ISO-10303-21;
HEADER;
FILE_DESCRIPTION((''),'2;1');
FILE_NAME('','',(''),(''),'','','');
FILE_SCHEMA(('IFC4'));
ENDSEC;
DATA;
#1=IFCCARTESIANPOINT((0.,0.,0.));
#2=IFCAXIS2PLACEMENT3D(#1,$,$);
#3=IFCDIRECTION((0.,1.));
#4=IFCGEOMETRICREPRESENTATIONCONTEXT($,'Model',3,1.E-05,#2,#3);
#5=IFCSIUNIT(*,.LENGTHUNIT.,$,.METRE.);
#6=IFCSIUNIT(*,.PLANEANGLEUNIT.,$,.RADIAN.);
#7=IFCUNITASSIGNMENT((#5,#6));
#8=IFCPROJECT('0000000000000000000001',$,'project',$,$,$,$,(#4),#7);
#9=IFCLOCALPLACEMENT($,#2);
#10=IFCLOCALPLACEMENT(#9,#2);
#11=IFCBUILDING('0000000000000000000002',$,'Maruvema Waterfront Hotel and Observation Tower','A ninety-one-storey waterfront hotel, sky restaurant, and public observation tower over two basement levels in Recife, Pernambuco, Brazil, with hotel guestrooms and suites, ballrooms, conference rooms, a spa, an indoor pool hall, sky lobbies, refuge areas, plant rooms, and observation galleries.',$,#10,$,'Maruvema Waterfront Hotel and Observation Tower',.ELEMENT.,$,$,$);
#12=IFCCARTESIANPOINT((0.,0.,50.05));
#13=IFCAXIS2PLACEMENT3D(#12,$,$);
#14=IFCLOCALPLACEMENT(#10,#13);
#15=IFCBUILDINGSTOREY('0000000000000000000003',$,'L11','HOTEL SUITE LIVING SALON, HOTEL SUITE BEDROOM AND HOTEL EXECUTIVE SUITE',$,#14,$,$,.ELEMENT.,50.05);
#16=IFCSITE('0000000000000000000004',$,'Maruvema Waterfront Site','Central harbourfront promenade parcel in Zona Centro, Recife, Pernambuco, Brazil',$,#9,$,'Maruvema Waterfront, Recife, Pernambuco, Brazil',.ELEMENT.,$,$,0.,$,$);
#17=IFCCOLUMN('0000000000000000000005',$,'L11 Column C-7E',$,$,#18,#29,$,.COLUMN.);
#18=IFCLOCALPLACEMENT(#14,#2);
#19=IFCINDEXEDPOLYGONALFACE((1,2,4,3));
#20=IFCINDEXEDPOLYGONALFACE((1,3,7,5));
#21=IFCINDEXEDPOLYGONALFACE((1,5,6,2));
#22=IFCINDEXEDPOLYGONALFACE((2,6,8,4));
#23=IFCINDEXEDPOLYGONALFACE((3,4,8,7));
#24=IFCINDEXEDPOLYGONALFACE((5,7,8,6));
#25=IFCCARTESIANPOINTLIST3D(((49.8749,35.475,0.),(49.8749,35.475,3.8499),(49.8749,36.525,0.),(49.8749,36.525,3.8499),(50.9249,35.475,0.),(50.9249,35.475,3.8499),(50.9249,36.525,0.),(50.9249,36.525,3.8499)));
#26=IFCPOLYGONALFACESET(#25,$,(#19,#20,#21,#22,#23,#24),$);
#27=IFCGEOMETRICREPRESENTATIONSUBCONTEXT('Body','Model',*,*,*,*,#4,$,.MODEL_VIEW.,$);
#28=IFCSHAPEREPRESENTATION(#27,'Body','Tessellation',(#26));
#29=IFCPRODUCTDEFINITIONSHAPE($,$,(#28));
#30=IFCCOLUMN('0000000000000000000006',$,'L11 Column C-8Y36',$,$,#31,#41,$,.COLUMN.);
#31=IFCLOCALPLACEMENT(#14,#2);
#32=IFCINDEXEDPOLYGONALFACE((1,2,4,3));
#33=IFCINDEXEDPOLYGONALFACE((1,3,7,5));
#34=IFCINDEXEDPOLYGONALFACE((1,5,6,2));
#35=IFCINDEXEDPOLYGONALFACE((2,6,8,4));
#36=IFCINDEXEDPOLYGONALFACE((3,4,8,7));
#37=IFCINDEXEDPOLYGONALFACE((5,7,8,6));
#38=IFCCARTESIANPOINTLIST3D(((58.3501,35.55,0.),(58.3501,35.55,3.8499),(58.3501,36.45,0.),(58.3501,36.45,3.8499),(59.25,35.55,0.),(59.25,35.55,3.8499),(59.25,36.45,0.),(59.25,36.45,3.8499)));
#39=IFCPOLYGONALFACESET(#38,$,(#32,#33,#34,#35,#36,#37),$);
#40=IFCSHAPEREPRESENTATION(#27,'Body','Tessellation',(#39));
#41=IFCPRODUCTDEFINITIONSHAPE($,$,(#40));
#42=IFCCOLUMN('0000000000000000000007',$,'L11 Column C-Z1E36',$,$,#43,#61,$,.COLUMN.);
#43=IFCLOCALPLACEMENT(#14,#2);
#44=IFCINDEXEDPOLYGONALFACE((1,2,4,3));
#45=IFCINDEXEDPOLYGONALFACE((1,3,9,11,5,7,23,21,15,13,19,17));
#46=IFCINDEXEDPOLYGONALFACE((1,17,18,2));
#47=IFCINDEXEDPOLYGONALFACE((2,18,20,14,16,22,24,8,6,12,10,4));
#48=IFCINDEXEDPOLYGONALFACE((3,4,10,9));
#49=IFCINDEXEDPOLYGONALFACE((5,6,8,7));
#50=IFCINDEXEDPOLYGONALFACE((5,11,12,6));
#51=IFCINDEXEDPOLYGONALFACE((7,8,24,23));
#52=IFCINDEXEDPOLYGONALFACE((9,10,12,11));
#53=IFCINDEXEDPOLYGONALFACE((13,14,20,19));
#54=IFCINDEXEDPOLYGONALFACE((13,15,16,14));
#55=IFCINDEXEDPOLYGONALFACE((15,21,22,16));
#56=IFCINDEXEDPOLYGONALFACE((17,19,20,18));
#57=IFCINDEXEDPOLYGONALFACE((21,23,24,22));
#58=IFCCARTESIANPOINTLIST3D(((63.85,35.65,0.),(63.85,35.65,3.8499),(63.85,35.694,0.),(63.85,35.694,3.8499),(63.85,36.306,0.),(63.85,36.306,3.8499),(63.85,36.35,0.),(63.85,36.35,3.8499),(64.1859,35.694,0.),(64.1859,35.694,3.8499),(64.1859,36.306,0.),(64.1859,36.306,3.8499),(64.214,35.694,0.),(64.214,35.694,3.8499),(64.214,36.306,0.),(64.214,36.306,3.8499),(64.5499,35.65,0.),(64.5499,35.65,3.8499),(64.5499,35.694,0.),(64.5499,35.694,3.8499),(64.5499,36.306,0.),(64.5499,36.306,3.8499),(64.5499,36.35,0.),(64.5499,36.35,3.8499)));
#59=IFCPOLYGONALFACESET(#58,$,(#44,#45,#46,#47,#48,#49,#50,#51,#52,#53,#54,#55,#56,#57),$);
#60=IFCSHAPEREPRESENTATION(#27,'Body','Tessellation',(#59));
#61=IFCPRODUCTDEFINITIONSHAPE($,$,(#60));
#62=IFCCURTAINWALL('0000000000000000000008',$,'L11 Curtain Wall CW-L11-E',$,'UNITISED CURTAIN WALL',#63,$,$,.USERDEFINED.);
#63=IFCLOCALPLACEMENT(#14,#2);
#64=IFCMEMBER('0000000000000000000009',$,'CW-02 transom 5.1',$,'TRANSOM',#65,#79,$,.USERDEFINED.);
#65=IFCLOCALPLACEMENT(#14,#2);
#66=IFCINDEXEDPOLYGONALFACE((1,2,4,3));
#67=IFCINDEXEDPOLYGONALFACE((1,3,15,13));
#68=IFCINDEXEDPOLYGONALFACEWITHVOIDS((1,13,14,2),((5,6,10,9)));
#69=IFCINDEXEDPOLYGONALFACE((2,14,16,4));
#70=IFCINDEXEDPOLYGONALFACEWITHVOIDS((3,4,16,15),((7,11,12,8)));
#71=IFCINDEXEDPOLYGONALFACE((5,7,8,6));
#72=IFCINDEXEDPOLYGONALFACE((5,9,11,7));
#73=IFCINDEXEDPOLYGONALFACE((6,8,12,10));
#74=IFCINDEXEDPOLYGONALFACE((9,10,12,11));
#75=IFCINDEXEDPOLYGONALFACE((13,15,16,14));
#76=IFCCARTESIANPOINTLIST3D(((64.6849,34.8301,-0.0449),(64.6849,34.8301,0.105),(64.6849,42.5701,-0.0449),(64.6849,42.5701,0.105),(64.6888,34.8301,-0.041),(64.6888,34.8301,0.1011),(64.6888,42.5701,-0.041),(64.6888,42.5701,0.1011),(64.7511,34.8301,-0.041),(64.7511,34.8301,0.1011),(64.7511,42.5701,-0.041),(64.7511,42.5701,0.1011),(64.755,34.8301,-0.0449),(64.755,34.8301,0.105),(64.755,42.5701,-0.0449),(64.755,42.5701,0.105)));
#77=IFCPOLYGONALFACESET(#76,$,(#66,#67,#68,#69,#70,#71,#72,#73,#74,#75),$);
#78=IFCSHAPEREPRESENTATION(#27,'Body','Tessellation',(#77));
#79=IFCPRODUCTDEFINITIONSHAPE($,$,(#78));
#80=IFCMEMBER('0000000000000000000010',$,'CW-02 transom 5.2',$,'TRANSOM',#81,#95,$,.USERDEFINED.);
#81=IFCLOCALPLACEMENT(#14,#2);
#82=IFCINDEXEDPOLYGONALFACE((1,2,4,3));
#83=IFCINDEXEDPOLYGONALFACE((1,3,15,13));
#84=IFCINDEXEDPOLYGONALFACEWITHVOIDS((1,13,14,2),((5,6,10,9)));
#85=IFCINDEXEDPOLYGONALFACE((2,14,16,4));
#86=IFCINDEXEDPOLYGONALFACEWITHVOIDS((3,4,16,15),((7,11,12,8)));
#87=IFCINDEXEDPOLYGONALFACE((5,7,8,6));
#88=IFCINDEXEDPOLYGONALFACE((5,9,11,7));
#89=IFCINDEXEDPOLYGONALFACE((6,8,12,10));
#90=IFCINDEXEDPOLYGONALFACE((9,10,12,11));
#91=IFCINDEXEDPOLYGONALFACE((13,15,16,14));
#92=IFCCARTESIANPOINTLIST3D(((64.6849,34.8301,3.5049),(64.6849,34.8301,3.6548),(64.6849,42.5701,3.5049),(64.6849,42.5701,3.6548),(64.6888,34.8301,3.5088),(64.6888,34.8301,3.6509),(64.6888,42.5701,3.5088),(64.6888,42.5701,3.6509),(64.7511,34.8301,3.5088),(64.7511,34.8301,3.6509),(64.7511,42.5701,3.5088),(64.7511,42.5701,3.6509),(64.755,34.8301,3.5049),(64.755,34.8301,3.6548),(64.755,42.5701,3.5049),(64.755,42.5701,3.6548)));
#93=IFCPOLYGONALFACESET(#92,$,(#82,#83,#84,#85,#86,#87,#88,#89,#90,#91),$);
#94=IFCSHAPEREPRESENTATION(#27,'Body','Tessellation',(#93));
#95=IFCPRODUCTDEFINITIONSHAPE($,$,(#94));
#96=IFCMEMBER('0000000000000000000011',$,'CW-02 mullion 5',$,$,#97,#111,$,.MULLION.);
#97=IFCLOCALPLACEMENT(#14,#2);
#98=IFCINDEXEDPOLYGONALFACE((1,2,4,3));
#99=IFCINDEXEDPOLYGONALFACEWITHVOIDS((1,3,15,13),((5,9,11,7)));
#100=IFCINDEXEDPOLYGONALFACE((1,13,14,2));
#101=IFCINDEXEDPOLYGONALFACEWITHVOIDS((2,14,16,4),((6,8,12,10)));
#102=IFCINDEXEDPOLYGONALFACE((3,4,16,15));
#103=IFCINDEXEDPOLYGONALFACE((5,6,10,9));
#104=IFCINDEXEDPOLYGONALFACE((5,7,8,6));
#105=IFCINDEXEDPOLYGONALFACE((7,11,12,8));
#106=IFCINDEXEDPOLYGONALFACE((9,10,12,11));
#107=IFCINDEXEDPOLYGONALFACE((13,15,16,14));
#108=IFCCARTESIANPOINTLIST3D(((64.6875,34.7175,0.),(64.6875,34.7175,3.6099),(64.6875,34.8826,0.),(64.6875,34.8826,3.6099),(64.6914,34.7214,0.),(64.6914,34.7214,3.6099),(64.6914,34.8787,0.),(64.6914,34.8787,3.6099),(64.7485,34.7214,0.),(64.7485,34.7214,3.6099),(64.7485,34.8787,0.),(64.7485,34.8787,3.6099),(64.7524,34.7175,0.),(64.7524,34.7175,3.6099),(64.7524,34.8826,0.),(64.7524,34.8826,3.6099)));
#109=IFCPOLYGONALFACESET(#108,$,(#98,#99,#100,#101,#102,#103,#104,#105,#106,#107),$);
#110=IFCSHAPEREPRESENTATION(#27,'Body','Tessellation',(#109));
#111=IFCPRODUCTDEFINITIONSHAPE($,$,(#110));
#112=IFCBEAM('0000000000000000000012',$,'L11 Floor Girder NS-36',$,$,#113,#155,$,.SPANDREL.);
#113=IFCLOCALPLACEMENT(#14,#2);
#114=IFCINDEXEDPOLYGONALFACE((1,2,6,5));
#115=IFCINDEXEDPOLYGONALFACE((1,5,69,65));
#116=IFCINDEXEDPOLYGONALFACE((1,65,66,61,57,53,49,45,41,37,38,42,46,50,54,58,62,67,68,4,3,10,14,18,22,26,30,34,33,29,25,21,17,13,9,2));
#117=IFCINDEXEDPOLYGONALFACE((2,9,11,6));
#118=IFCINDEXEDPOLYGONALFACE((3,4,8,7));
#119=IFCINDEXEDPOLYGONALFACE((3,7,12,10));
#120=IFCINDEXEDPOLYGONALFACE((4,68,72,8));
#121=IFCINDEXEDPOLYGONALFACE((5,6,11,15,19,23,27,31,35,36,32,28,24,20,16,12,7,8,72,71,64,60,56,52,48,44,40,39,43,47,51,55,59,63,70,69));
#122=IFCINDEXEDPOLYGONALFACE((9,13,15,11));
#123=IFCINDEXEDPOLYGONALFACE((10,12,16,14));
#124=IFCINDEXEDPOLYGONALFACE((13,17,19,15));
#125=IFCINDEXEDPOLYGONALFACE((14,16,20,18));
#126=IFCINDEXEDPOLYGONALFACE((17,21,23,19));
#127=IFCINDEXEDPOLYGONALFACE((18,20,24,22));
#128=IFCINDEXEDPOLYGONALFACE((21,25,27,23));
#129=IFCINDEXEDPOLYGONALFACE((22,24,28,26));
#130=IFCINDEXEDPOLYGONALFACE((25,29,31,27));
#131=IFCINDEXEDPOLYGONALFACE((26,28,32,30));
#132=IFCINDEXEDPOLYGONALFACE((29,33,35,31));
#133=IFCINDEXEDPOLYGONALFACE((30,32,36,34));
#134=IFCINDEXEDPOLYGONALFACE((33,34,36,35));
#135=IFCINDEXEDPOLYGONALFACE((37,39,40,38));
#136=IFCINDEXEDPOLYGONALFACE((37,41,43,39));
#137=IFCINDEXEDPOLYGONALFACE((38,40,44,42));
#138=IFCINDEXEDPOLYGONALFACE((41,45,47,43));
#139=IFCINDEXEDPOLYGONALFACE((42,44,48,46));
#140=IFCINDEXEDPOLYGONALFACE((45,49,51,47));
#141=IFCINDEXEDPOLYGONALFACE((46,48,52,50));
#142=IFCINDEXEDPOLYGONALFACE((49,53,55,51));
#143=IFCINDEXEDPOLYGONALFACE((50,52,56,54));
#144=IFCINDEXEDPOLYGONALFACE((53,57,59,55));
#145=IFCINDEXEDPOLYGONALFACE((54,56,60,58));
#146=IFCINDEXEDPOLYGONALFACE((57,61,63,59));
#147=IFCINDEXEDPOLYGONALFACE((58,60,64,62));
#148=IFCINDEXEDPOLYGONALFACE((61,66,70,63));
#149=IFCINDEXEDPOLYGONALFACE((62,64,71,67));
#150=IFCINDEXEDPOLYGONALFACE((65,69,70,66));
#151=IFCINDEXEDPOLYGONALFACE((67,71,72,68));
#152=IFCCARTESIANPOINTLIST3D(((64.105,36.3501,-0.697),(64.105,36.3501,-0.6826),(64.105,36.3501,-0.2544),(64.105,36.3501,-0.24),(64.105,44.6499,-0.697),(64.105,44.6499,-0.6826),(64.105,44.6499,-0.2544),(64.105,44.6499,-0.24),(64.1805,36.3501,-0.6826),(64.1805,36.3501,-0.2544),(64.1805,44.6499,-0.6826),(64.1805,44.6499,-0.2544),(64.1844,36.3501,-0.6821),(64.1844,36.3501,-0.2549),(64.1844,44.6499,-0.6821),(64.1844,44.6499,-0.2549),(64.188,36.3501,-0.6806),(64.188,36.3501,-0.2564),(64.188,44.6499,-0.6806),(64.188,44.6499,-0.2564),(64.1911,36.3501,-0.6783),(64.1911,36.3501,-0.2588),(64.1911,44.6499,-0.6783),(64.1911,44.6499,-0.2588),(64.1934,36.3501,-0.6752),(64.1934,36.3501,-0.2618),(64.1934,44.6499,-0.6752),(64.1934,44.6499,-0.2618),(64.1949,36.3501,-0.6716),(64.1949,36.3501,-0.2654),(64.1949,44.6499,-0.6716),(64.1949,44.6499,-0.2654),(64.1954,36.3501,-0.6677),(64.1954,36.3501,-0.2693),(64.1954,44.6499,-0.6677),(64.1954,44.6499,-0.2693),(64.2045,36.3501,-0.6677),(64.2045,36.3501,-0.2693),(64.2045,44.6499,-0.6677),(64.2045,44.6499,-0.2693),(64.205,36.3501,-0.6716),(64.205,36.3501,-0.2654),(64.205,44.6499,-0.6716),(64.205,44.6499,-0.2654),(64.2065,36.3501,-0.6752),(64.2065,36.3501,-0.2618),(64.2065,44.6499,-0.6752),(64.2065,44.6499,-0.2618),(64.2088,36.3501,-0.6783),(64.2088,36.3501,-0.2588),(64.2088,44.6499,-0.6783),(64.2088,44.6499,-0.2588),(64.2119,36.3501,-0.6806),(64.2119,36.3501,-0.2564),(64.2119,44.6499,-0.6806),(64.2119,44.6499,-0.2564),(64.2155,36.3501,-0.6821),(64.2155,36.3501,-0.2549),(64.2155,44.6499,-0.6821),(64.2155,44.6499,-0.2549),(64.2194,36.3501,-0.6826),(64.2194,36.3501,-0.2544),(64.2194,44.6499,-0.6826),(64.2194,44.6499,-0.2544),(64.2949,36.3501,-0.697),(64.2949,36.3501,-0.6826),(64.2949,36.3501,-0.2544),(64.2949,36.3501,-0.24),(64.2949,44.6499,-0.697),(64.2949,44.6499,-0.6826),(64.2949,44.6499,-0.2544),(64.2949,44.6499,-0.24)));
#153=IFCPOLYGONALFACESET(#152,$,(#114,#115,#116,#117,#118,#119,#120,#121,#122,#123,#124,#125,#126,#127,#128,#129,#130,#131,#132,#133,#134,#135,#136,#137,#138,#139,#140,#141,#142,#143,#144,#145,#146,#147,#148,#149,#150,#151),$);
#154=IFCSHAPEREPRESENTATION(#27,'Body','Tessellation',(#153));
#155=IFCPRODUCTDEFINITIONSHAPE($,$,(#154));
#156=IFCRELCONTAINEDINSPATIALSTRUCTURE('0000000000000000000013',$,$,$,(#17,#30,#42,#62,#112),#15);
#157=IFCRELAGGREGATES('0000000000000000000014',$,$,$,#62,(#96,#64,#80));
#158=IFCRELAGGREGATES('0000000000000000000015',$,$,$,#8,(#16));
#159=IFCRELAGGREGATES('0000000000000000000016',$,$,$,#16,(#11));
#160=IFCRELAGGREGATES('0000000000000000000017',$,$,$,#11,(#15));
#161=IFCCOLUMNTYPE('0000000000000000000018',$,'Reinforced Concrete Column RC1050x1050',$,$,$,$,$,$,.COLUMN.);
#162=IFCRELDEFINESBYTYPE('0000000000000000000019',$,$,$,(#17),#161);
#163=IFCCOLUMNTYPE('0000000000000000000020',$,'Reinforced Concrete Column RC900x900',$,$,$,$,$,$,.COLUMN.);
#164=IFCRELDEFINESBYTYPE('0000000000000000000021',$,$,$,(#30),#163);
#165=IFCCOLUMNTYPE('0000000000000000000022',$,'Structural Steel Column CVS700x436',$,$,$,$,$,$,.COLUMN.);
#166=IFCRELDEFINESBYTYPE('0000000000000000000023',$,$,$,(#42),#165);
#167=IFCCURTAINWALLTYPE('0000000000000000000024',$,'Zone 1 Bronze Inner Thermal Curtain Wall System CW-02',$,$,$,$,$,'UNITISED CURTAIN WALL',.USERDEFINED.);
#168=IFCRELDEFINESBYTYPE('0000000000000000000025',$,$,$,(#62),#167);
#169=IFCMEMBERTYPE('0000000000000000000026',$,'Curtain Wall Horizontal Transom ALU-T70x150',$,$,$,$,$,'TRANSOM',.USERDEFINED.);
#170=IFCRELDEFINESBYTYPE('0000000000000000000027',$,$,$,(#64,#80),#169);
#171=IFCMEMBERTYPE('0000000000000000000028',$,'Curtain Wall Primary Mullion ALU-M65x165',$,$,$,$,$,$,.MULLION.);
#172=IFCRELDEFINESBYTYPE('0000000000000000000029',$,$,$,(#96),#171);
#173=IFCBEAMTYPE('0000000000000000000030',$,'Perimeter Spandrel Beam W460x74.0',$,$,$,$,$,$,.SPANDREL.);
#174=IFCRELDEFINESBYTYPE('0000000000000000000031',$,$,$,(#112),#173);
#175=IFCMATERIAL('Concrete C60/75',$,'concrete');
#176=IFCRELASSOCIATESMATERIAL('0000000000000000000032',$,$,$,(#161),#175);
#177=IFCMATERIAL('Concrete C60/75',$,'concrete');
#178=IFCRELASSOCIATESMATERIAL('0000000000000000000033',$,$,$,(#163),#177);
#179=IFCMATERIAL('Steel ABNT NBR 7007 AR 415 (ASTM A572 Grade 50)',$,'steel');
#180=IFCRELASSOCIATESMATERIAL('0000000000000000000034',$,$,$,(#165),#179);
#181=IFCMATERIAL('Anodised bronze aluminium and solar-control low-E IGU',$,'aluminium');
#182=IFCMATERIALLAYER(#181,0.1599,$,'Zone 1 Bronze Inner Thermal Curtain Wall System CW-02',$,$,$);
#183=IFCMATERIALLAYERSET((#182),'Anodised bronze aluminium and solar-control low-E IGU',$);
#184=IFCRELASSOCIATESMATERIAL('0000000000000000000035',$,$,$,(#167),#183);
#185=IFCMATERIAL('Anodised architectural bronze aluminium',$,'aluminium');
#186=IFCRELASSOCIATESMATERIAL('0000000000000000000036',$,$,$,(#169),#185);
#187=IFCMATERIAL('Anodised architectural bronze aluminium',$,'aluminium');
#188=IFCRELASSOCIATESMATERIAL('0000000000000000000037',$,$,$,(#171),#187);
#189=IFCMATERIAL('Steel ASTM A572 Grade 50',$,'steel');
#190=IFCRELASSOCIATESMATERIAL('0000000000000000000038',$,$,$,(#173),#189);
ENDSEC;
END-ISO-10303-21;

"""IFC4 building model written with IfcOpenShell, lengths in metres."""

from ifc_helpers import new_model, si_unit, direction, frame, origin, origin_2d, place, context, subcontext, project, spatial, rectangle, hollow_rectangle, i_section, extrude, material, layer, layer_set, material_profile, profile_set, type_object, element, aggregate, save


model = new_model("IFC4")

# Units and contexts
model_context = context("Model", 3, precision=1e-05, world=origin(), true_north=direction((0.0, 1.0)))
body_context = subcontext(model_context, "Body", "Model", "MODEL_VIEW")
ifc_project = project(units=[si_unit("LENGTHUNIT", "METRE"), si_unit("PLANEANGLEUNIT", "RADIAN")], contexts=[model_context])

# Site, building, storey
site_placement = place(None, origin())
site = spatial("IfcSite", under=ifc_project, at=site_placement, Name="Maruvema Waterfront Site", Description="Central harbourfront promenade parcel in Zona Centro, Recife, Pernambuco, Brazil", LongName="Maruvema Waterfront, Recife, Pernambuco, Brazil", CompositionType="ELEMENT", RefElevation=0.0)
building_placement = place(site_placement, origin())
building = spatial("IfcBuilding", under=site, at=building_placement, Name="Maruvema Waterfront Hotel and Observation Tower", Description="A ninety-one-storey waterfront hotel, sky restaurant, and public observation tower over two basement levels in Recife, Pernambuco, Brazil, with hotel guestrooms and suites, ballrooms, conference rooms, a spa, an indoor pool hall, sky lobbies, refuge areas, plant rooms, and observation galleries.", LongName="Maruvema Waterfront Hotel and Observation Tower", CompositionType="ELEMENT")
storey_placement = place(building_placement, frame((0.0, 0.0, 50.05)))
storey = spatial("IfcBuildingStorey", under=building, at=storey_placement, Name="L11", Description="HOTEL SUITE LIVING SALON, HOTEL SUITE BEDROOM AND HOTEL EXECUTIVE SUITE", CompositionType="ELEMENT", Elevation=50.05)

# Columns
ifc_material_1 = material(Name="Concrete C60/75", Category="concrete")
ifc_material_profile_1 = material_profile(ifc_material_1, rectangle(XDim=1.05, YDim=1.05, at=origin_2d()), Name="RC1050x1050")
ifc_profile_set_1 = profile_set([ifc_material_profile_1], Name="Concrete C60/75")
column_type_1 = type_object("IfcColumnType", Name="Reinforced Concrete Column RC1050x1050", PredefinedType="COLUMN", material=ifc_profile_set_1)
column_1_placement = place(storey_placement, frame((50.3999, 36.0, 0.0), z_axis=(0.0, 0.0, 1.0), x_axis=(1.0, 0.0, 0.0)))
element("IfcColumn", 1, at=column_1_placement, inside=storey, type_object=column_type_1, Name="L11 Column C-7E", PredefinedType="COLUMN", context=body_context, shape_type="SweptSolid", body=[
    extrude(rectangle(XDim=1.05, YDim=1.05, at=origin_2d()), origin(), (0.0, 0.0, 1.0), 3.8499),
])
ifc_material_2 = material(Name="Concrete C60/75", Category="concrete")
ifc_material_profile_2 = material_profile(ifc_material_2, rectangle(XDim=0.8999, YDim=0.8999, at=origin_2d()), Name="RC900x900")
ifc_profile_set_2 = profile_set([ifc_material_profile_2], Name="Concrete C60/75")
column_type_2 = type_object("IfcColumnType", Name="Reinforced Concrete Column RC900x900", PredefinedType="COLUMN", material=ifc_profile_set_2)
column_2_placement = place(storey_placement, frame((58.8, 36.0, 0.0), z_axis=(0.0, 0.0, 1.0), x_axis=(1.0, 0.0, 0.0)))
element("IfcColumn", 2, at=column_2_placement, inside=storey, type_object=column_type_2, Name="L11 Column C-8Y36", PredefinedType="COLUMN", context=body_context, shape_type="SweptSolid", body=[
    extrude(rectangle(XDim=0.8999, YDim=0.8999, at=origin_2d()), origin(), (0.0, 0.0, 1.0), 3.8499),
])
ifc_material_3 = material(Name="Steel ABNT NBR 7007 AR 415 (ASTM A572 Grade 50)", Category="steel")
ifc_material_profile_3 = material_profile(ifc_material_3, i_section(OverallWidth=0.7, OverallDepth=0.7, WebThickness=0.0281, FlangeThickness=0.0439, at=origin_2d()), Name="CVS700x436")
ifc_profile_set_3 = profile_set([ifc_material_profile_3], Name="Steel ABNT NBR 7007 AR 415 (ASTM A572 Grade 50)")
column_type_3 = type_object("IfcColumnType", Name="Structural Steel Column CVS700x436", PredefinedType="COLUMN", material=ifc_profile_set_3)
column_3_placement = place(storey_placement, frame((64.2, 36.0, 0.0), z_axis=(0.0, 0.0, 1.0), x_axis=(1.0, 0.0, 0.0)))
element("IfcColumn", 3, at=column_3_placement, inside=storey, type_object=column_type_3, Name="L11 Column C-Z1E36", PredefinedType="COLUMN", context=body_context, shape_type="SweptSolid", body=[
    extrude(i_section(OverallWidth=0.7, OverallDepth=0.7, WebThickness=0.0281, FlangeThickness=0.0439, at=origin_2d()), origin(), (0.0, 0.0, 1.0), 3.8499),
])

# Curtain wall, members
ifc_material_4 = material(Name="Anodised bronze aluminium and solar-control low-E IGU", Category="aluminium")
ifc_layer_1 = layer(ifc_material_4, 0.1599, Name="Zone 1 Bronze Inner Thermal Curtain Wall System CW-02")
ifc_layer_set_1 = layer_set([ifc_layer_1], Name="Anodised bronze aluminium and solar-control low-E IGU")
curtain_wall_type = type_object("IfcCurtainWallType", Name="Zone 1 Bronze Inner Thermal Curtain Wall System CW-02", ElementType="UNITISED CURTAIN WALL", PredefinedType="USERDEFINED", material=ifc_layer_set_1)
curtain_wall_placement = place(storey_placement, origin())
curtain_wall = element("IfcCurtainWall", 4, at=curtain_wall_placement, inside=storey, type_object=curtain_wall_type, Name="L11 Curtain Wall CW-L11-E", ObjectType="UNITISED CURTAIN WALL", PredefinedType="USERDEFINED")
ifc_material_5 = material(Name="Anodised architectural bronze aluminium", Category="aluminium")
ifc_material_profile_4 = material_profile(ifc_material_5, hollow_rectangle(XDim=0.0701, YDim=0.1499, WallThickness=0.0039, at=origin_2d()), Name="ALU-T70x150")
ifc_profile_set_4 = profile_set([ifc_material_profile_4], Name="Anodised architectural bronze aluminium")
member_type_1 = type_object("IfcMemberType", Name="Curtain Wall Horizontal Transom ALU-T70x150", ElementType="TRANSOM", PredefinedType="USERDEFINED", material=ifc_profile_set_4)
member_1_placement = place(storey_placement, frame((64.72, 34.8301, 0.03), z_axis=(0.0, 1.0, 0.0), x_axis=(-1.0, 0.0, 0.0)))
member_1 = element("IfcMember", 5, at=member_1_placement, type_object=member_type_1, Name="CW-02 transom 5.1", ObjectType="TRANSOM", PredefinedType="USERDEFINED", context=body_context, shape_type="SweptSolid", body=[
    extrude(hollow_rectangle(XDim=0.0701, YDim=0.1499, WallThickness=0.0039, at=origin_2d()), origin(), (0.0, 0.0, 1.0), 7.74),
])
member_2_placement = place(storey_placement, frame((64.72, 34.8301, 3.5798), z_axis=(0.0, 1.0, 0.0), x_axis=(-1.0, 0.0, 0.0)))
member_2 = element("IfcMember", 6, at=member_2_placement, type_object=member_type_1, Name="CW-02 transom 5.2", ObjectType="TRANSOM", PredefinedType="USERDEFINED", context=body_context, shape_type="SweptSolid", body=[
    extrude(hollow_rectangle(XDim=0.0701, YDim=0.1499, WallThickness=0.0039, at=origin_2d()), origin(), (0.0, 0.0, 1.0), 7.74),
])
ifc_material_6 = material(Name="Anodised architectural bronze aluminium", Category="aluminium")
ifc_material_profile_5 = material_profile(ifc_material_6, hollow_rectangle(XDim=0.0649, YDim=0.165, WallThickness=0.0039, at=origin_2d()), Name="ALU-M65x165")
ifc_profile_set_5 = profile_set([ifc_material_profile_5], Name="Anodised architectural bronze aluminium")
member_type_2 = type_object("IfcMemberType", Name="Curtain Wall Primary Mullion ALU-M65x165", PredefinedType="MULLION", material=ifc_profile_set_5)
member_3_placement = place(storey_placement, frame((64.72, 34.8, 0.0), z_axis=(0.0, 0.0, 1.0), x_axis=(-1.0, 0.0, 0.0)))
member_3 = element("IfcMember", 7, at=member_3_placement, type_object=member_type_2, Name="CW-02 mullion 5", PredefinedType="MULLION", context=body_context, shape_type="SweptSolid", body=[
    extrude(hollow_rectangle(XDim=0.0649, YDim=0.165, WallThickness=0.0039, at=origin_2d()), origin(), (0.0, 0.0, 1.0), 3.6099),
])

# Beam
ifc_material_7 = material(Name="Steel ASTM A572 Grade 50", Category="steel")
ifc_material_profile_6 = material_profile(ifc_material_7, i_section(OverallWidth=0.1899, OverallDepth=0.457, WebThickness=0.009, FlangeThickness=0.0144, FilletRadius=0.0149, at=origin_2d()), Name="W460x74.0")
ifc_profile_set_6 = profile_set([ifc_material_profile_6], Name="Steel ASTM A572 Grade 50")
beam_type_1 = type_object("IfcBeamType", Name="Perimeter Spandrel Beam W460x74.0", PredefinedType="SPANDREL", material=ifc_profile_set_6)
beam_1_placement = place(storey_placement, frame((64.2, 36.3501, -0.4685), z_axis=(0.0, 1.0, 0.0), x_axis=(-1.0, 0.0, 0.0)))
element("IfcBeam", 8, at=beam_1_placement, inside=storey, type_object=beam_type_1, Name="L11 Floor Girder NS-36", PredefinedType="SPANDREL", context=body_context, shape_type="SweptSolid", body=[
    extrude(i_section(OverallWidth=0.1899, OverallDepth=0.457, WebThickness=0.009, FlangeThickness=0.0144, FilletRadius=0.0149, at=origin_2d()), origin(), (0.0, 0.0, 1.0), 8.2998),
])

aggregate(curtain_wall, [member_3, member_1, member_2])

save(model, "model.ifc")
